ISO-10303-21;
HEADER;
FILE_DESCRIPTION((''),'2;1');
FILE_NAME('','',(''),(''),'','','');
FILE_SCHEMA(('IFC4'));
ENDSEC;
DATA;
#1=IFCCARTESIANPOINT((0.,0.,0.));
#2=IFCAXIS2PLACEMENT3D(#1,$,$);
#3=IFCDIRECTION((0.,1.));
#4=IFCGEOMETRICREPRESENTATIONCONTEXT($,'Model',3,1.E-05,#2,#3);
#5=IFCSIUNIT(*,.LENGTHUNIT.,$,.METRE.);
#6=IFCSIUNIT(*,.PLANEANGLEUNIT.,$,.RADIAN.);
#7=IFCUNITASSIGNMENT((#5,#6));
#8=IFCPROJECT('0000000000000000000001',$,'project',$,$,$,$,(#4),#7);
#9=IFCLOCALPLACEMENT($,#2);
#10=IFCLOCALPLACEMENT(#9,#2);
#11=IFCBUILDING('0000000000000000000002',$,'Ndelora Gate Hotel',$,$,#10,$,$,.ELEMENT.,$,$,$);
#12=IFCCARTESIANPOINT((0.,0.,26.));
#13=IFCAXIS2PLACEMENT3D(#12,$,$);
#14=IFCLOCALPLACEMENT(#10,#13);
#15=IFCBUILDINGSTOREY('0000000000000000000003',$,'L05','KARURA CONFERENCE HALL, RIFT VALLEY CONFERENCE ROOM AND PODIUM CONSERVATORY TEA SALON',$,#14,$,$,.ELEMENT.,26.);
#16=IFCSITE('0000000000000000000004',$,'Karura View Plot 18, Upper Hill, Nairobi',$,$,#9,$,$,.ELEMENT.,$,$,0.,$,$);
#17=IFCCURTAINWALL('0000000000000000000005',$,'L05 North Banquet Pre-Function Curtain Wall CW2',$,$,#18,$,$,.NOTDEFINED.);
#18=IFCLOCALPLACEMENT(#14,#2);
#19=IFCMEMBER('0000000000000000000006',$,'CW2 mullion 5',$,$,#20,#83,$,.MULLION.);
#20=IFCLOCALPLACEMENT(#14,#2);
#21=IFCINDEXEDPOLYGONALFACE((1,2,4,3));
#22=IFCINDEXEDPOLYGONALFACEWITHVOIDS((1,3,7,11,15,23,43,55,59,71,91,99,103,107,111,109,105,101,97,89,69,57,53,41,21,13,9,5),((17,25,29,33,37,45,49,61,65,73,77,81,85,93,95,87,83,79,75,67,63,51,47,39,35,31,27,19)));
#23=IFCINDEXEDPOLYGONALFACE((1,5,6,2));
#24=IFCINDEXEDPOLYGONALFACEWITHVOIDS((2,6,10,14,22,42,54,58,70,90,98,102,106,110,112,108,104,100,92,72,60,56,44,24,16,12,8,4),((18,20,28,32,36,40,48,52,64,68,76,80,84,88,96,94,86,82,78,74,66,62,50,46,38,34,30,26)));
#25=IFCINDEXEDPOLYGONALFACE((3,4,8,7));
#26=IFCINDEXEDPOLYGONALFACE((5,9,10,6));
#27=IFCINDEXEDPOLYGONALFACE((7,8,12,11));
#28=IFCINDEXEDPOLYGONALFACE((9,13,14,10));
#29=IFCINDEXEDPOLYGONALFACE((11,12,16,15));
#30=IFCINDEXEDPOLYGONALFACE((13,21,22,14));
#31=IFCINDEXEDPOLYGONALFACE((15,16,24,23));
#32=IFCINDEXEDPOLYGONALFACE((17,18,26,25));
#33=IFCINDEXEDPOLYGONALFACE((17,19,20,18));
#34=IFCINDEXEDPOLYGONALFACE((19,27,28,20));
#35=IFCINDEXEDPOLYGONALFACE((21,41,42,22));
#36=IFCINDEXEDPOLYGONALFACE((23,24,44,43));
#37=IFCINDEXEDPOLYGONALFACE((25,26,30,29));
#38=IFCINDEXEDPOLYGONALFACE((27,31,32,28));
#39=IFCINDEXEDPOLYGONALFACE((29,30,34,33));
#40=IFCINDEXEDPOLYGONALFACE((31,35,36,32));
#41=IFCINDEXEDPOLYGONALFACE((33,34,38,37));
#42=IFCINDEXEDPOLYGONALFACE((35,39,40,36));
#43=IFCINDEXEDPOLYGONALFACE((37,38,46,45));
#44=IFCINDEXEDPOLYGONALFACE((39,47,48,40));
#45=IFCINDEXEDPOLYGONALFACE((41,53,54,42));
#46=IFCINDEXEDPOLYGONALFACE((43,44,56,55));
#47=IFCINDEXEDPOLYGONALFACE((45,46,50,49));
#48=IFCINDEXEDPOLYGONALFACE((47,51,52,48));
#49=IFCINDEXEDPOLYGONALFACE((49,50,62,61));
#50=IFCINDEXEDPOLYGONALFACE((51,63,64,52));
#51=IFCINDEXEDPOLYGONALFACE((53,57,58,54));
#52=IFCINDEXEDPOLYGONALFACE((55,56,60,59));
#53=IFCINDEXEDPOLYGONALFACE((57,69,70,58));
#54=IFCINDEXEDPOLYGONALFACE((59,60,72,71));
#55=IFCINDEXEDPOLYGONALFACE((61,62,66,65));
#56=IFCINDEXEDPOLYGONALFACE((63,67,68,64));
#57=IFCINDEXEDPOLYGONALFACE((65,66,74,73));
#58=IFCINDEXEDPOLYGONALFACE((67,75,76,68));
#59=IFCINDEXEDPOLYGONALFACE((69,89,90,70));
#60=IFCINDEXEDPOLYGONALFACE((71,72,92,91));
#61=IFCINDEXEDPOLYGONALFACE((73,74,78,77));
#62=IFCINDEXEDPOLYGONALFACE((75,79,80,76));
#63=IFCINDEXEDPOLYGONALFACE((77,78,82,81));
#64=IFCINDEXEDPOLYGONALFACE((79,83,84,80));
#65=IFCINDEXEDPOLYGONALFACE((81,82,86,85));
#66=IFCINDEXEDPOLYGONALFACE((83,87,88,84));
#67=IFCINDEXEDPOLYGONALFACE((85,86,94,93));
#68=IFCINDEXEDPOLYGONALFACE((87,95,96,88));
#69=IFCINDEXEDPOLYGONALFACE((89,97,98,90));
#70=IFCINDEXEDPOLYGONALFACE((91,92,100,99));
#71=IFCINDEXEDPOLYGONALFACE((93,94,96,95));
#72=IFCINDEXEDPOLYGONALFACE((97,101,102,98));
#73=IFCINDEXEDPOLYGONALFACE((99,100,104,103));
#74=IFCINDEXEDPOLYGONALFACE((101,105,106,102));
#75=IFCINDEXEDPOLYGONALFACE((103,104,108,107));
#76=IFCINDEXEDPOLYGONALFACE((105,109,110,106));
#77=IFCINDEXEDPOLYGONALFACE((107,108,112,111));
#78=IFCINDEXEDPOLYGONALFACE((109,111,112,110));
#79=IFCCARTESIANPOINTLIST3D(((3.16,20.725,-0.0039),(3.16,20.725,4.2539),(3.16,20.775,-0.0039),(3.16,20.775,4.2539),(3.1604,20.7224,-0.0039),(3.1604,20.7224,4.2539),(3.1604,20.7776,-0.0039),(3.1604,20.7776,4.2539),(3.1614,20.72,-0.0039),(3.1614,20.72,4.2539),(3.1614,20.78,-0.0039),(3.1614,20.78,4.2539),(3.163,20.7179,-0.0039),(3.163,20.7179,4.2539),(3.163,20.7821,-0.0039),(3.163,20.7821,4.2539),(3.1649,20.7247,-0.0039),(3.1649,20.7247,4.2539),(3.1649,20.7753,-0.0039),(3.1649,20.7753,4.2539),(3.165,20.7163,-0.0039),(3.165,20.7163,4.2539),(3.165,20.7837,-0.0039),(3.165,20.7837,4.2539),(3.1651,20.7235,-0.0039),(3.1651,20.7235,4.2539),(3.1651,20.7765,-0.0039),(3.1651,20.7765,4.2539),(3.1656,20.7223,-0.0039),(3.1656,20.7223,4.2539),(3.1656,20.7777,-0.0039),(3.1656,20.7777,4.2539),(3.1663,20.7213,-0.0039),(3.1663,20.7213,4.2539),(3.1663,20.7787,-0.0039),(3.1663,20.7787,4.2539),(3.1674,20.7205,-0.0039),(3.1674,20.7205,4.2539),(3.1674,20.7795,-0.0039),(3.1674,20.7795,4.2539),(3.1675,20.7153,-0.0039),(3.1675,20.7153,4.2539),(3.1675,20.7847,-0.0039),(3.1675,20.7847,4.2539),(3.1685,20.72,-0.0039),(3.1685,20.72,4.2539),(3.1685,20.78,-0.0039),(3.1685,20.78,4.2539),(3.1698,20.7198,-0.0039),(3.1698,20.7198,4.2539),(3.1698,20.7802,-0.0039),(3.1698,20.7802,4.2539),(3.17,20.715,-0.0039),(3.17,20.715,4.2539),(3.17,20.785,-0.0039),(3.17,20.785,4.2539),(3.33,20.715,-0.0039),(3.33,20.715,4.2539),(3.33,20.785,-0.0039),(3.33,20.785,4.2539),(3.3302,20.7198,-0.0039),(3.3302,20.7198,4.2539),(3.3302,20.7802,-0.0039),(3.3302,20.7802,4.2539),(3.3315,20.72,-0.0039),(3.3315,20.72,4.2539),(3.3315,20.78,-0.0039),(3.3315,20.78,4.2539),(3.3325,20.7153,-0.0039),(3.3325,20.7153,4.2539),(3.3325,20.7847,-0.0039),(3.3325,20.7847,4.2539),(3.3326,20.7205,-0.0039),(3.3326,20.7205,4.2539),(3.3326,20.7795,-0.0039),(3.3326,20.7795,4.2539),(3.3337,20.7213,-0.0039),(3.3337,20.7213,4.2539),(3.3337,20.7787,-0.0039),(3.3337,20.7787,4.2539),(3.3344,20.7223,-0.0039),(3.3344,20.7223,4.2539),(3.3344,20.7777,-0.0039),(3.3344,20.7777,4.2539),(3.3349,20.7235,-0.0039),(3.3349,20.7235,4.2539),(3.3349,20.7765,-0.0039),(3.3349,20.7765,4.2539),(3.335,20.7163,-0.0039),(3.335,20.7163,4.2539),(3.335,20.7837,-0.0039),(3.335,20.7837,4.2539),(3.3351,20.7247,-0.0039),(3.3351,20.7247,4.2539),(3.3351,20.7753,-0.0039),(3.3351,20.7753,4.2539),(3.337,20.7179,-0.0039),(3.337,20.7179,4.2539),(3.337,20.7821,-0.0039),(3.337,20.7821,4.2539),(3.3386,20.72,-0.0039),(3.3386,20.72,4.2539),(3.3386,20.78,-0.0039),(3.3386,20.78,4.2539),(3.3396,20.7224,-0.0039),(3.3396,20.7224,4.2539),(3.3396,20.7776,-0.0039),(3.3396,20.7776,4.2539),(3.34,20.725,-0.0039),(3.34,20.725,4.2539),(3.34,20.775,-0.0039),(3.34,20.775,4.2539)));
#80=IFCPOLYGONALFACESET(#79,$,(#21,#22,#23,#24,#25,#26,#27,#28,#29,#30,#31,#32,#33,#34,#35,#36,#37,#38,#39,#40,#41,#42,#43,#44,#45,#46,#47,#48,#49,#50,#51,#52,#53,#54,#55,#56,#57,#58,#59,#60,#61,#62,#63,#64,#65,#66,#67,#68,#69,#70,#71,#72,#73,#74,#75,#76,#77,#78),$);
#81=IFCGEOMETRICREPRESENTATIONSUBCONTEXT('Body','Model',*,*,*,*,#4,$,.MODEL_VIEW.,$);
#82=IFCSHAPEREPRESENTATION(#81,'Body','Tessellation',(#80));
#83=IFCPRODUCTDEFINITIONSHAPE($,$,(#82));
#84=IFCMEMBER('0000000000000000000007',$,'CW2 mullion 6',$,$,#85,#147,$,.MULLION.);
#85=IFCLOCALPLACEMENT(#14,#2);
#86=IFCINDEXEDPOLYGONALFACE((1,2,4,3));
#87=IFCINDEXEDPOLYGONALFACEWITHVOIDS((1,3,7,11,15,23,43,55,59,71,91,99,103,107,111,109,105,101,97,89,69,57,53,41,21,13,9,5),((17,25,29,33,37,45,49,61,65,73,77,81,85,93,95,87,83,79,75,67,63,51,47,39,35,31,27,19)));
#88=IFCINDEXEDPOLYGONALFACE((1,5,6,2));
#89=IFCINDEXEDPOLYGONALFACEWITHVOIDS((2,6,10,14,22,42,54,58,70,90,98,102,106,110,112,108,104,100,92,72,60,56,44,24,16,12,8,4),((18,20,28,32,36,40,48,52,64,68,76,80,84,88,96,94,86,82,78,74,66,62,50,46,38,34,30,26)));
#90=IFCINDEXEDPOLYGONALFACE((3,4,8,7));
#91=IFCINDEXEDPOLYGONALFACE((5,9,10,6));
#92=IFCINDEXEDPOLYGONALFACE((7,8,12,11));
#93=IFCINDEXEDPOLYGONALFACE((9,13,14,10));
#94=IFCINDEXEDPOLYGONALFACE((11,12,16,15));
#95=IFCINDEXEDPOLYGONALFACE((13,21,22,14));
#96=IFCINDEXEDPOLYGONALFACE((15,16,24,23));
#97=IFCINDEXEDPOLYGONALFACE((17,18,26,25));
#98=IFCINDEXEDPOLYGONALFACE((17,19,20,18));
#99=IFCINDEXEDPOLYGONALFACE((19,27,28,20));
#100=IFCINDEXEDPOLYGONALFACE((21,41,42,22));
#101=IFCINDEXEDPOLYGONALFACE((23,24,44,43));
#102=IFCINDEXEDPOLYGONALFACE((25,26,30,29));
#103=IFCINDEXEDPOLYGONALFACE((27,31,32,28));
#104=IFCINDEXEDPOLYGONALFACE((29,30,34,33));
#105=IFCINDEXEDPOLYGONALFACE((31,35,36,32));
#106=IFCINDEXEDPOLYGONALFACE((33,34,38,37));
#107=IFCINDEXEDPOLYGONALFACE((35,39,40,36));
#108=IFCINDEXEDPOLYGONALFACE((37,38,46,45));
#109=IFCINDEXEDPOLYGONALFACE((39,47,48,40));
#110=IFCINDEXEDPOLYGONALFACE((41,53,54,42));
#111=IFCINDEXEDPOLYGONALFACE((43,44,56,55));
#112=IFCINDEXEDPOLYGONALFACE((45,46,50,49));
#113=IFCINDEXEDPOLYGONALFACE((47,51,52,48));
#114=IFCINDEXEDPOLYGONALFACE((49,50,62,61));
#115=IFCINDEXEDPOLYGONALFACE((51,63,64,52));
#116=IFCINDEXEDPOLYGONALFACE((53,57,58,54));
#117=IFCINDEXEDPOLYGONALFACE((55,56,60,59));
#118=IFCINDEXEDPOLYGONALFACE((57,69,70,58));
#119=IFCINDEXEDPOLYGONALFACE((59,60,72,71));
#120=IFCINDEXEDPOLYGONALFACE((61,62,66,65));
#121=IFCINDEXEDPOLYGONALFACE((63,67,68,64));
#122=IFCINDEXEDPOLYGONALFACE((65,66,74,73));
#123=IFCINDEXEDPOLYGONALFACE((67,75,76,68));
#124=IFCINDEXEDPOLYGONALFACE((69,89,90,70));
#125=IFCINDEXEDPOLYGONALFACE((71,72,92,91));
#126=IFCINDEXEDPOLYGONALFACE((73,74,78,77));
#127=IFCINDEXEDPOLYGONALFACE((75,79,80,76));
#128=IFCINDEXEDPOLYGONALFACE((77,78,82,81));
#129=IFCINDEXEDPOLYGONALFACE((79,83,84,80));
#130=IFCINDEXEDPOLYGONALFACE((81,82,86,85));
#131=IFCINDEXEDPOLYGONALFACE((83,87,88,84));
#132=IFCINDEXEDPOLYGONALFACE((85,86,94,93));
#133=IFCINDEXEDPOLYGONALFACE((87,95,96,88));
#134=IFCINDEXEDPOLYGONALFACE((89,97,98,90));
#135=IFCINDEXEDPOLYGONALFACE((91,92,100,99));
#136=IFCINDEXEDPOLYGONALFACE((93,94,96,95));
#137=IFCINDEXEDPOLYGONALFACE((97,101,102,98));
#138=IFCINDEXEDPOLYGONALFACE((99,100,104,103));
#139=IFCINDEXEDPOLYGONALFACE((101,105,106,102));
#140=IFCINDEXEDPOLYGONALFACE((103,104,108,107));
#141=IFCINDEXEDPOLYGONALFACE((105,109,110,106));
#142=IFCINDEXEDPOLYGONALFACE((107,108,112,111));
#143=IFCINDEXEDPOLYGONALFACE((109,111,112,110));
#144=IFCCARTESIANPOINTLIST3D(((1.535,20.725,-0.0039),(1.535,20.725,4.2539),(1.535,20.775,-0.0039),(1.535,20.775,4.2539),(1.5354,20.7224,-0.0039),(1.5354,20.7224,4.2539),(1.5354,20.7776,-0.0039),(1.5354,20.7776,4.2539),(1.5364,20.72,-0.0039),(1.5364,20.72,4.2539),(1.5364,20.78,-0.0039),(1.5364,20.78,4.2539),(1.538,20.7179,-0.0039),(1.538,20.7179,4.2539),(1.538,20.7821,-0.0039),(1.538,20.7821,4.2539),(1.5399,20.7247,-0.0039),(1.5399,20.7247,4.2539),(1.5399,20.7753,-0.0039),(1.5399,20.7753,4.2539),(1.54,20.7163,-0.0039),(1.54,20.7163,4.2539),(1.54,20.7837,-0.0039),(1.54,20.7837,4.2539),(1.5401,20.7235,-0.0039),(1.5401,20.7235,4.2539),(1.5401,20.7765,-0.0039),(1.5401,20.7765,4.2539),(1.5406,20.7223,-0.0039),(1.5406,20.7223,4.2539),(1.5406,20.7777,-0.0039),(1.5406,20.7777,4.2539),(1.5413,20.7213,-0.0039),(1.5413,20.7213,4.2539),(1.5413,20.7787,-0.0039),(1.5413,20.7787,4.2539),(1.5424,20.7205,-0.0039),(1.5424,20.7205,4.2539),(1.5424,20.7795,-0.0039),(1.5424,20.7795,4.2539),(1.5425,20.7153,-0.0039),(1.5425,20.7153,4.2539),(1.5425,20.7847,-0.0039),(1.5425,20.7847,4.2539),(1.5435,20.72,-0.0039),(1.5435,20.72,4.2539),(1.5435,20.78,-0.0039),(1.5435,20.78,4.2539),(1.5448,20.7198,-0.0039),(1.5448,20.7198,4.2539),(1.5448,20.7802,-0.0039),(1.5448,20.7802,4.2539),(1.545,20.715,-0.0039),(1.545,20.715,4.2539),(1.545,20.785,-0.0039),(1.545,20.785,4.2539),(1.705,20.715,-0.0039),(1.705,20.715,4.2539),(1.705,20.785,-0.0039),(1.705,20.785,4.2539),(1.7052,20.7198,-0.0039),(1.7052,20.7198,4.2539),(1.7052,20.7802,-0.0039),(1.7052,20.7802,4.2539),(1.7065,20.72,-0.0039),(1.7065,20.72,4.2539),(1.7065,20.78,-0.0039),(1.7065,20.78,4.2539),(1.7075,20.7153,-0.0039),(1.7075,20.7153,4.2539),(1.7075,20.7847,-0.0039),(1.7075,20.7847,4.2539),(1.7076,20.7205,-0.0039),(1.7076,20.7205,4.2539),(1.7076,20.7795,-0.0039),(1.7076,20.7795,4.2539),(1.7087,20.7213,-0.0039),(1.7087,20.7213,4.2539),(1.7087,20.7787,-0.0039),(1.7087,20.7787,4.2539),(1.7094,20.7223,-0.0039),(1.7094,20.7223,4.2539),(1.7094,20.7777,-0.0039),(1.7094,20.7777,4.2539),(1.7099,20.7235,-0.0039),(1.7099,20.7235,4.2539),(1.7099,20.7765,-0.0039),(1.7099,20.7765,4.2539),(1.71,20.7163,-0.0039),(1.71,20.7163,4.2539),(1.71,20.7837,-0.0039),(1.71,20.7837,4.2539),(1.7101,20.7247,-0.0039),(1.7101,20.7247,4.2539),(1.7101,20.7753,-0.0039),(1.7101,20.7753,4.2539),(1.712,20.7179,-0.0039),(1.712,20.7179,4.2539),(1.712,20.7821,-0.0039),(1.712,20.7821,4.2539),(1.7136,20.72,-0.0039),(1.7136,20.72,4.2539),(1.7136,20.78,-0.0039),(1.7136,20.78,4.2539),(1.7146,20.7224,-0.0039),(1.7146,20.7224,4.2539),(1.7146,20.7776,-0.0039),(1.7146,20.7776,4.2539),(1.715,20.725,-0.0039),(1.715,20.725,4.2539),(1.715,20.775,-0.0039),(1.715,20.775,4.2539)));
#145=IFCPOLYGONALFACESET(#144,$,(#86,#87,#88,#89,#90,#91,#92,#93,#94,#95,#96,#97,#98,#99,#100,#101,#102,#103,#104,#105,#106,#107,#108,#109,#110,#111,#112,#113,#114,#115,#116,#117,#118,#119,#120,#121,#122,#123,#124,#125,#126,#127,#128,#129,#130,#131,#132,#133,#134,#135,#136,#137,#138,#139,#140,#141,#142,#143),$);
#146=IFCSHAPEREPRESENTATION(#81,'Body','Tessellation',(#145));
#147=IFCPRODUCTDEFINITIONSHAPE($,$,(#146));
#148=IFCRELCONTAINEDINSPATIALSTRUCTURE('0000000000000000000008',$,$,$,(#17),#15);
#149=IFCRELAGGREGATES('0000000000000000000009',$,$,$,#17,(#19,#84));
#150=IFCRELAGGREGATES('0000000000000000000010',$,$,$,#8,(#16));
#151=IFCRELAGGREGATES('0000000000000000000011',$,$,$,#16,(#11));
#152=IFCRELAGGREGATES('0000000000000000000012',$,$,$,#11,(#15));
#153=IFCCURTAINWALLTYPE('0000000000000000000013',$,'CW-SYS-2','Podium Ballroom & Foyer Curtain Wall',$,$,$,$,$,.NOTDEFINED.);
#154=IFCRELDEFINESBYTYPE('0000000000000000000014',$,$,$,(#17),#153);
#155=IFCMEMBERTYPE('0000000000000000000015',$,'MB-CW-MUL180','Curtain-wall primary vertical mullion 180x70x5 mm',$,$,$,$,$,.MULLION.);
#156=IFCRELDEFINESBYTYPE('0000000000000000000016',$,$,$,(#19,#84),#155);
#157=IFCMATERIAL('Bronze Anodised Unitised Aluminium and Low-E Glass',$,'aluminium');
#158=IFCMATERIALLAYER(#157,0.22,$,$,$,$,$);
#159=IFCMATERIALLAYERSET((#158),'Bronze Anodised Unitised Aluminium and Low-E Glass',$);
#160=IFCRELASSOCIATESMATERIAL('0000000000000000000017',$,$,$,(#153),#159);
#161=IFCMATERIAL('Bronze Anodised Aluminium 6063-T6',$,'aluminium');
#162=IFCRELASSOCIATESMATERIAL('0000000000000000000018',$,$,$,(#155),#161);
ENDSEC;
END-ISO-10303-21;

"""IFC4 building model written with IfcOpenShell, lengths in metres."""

from ifc_helpers import new_model, si_unit, direction, frame, origin, origin_2d, place, context, subcontext, project, spatial, hollow_rectangle, extrude, material, layer, layer_set, material_profile, profile_set, type_object, element, aggregate, save


model = new_model("IFC4")

# Units and contexts
model_context = context("Model", 3, precision=1e-05, world=origin(), true_north=direction((0.0, 1.0)))
body_context = subcontext(model_context, "Body", "Model", "MODEL_VIEW")
ifc_project = project(units=[si_unit("LENGTHUNIT", "METRE"), si_unit("PLANEANGLEUNIT", "RADIAN")], contexts=[model_context])

# Site, building, storey
site_placement = place(None, origin())
site = spatial("IfcSite", under=ifc_project, at=site_placement, Name="Karura View Plot 18, Upper Hill, Nairobi", CompositionType="ELEMENT", RefElevation=0.0)
building_placement = place(site_placement, origin())
building = spatial("IfcBuilding", under=site, at=building_placement, Name="Ndelora Gate Hotel", CompositionType="ELEMENT")
storey_placement = place(building_placement, frame((0.0, 0.0, 26.0)))
storey = spatial("IfcBuildingStorey", under=building, at=storey_placement, Name="L05", Description="KARURA CONFERENCE HALL, RIFT VALLEY CONFERENCE ROOM AND PODIUM CONSERVATORY TEA SALON", CompositionType="ELEMENT", Elevation=26.0)

# Curtain wall, members
ifc_material_1 = material(Name="Bronze Anodised Unitised Aluminium and Low-E Glass", Category="aluminium")
ifc_layer_1 = layer(ifc_material_1, 0.22)
ifc_layer_set_1 = layer_set([ifc_layer_1], Name="Bronze Anodised Unitised Aluminium and Low-E Glass")
curtain_wall_type = type_object("IfcCurtainWallType", Name="CW-SYS-2", Description="Podium Ballroom & Foyer Curtain Wall", PredefinedType="NOTDEFINED", material=ifc_layer_set_1)
curtain_wall_placement = place(storey_placement, origin())
curtain_wall = element("IfcCurtainWall", 1, at=curtain_wall_placement, inside=storey, type_object=curtain_wall_type, Name="L05 North Banquet Pre-Function Curtain Wall CW2", PredefinedType="NOTDEFINED")
ifc_material_2 = material(Name="Bronze Anodised Aluminium 6063-T6", Category="aluminium")
ifc_material_profile_1 = material_profile(ifc_material_2, hollow_rectangle(XDim=0.0701, YDim=0.1799, WallThickness=0.0049, InnerFilletRadius=0.0049, OuterFilletRadius=0.01, at=origin_2d()), Name="ALU 180x70x5")
ifc_profile_set_1 = profile_set([ifc_material_profile_1], Name="Bronze Anodised Aluminium 6063-T6")
member_type_1 = type_object("IfcMemberType", Name="MB-CW-MUL180", Description="Curtain-wall primary vertical mullion 180x70x5 mm", PredefinedType="MULLION", material=ifc_profile_set_1)
member_1_placement = place(storey_placement, frame((3.25, 20.75, -0.0039), z_axis=(0.0, 0.0, 1.0), x_axis=(0.0, -1.0, 0.0)))
member_1 = element("IfcMember", 2, at=member_1_placement, type_object=member_type_1, Name="CW2 mullion 5", PredefinedType="MULLION", context=body_context, shape_type="SweptSolid", body=[
    extrude(hollow_rectangle(XDim=0.0701, YDim=0.1799, WallThickness=0.0049, InnerFilletRadius=0.0049, OuterFilletRadius=0.01, at=origin_2d()), origin(), (0.0, 0.0, 1.0), 4.2578),
])
member_2_placement = place(storey_placement, frame((1.625, 20.75, -0.0039), z_axis=(0.0, 0.0, 1.0), x_axis=(0.0, -1.0, 0.0)))
member_2 = element("IfcMember", 3, at=member_2_placement, type_object=member_type_1, Name="CW2 mullion 6", PredefinedType="MULLION", context=body_context, shape_type="SweptSolid", body=[
    extrude(hollow_rectangle(XDim=0.0701, YDim=0.1799, WallThickness=0.0049, InnerFilletRadius=0.0049, OuterFilletRadius=0.01, at=origin_2d()), origin(), (0.0, 0.0, 1.0), 4.2578),
])
aggregate(curtain_wall, [member_1, member_2])

save(model, "model.ifc")
